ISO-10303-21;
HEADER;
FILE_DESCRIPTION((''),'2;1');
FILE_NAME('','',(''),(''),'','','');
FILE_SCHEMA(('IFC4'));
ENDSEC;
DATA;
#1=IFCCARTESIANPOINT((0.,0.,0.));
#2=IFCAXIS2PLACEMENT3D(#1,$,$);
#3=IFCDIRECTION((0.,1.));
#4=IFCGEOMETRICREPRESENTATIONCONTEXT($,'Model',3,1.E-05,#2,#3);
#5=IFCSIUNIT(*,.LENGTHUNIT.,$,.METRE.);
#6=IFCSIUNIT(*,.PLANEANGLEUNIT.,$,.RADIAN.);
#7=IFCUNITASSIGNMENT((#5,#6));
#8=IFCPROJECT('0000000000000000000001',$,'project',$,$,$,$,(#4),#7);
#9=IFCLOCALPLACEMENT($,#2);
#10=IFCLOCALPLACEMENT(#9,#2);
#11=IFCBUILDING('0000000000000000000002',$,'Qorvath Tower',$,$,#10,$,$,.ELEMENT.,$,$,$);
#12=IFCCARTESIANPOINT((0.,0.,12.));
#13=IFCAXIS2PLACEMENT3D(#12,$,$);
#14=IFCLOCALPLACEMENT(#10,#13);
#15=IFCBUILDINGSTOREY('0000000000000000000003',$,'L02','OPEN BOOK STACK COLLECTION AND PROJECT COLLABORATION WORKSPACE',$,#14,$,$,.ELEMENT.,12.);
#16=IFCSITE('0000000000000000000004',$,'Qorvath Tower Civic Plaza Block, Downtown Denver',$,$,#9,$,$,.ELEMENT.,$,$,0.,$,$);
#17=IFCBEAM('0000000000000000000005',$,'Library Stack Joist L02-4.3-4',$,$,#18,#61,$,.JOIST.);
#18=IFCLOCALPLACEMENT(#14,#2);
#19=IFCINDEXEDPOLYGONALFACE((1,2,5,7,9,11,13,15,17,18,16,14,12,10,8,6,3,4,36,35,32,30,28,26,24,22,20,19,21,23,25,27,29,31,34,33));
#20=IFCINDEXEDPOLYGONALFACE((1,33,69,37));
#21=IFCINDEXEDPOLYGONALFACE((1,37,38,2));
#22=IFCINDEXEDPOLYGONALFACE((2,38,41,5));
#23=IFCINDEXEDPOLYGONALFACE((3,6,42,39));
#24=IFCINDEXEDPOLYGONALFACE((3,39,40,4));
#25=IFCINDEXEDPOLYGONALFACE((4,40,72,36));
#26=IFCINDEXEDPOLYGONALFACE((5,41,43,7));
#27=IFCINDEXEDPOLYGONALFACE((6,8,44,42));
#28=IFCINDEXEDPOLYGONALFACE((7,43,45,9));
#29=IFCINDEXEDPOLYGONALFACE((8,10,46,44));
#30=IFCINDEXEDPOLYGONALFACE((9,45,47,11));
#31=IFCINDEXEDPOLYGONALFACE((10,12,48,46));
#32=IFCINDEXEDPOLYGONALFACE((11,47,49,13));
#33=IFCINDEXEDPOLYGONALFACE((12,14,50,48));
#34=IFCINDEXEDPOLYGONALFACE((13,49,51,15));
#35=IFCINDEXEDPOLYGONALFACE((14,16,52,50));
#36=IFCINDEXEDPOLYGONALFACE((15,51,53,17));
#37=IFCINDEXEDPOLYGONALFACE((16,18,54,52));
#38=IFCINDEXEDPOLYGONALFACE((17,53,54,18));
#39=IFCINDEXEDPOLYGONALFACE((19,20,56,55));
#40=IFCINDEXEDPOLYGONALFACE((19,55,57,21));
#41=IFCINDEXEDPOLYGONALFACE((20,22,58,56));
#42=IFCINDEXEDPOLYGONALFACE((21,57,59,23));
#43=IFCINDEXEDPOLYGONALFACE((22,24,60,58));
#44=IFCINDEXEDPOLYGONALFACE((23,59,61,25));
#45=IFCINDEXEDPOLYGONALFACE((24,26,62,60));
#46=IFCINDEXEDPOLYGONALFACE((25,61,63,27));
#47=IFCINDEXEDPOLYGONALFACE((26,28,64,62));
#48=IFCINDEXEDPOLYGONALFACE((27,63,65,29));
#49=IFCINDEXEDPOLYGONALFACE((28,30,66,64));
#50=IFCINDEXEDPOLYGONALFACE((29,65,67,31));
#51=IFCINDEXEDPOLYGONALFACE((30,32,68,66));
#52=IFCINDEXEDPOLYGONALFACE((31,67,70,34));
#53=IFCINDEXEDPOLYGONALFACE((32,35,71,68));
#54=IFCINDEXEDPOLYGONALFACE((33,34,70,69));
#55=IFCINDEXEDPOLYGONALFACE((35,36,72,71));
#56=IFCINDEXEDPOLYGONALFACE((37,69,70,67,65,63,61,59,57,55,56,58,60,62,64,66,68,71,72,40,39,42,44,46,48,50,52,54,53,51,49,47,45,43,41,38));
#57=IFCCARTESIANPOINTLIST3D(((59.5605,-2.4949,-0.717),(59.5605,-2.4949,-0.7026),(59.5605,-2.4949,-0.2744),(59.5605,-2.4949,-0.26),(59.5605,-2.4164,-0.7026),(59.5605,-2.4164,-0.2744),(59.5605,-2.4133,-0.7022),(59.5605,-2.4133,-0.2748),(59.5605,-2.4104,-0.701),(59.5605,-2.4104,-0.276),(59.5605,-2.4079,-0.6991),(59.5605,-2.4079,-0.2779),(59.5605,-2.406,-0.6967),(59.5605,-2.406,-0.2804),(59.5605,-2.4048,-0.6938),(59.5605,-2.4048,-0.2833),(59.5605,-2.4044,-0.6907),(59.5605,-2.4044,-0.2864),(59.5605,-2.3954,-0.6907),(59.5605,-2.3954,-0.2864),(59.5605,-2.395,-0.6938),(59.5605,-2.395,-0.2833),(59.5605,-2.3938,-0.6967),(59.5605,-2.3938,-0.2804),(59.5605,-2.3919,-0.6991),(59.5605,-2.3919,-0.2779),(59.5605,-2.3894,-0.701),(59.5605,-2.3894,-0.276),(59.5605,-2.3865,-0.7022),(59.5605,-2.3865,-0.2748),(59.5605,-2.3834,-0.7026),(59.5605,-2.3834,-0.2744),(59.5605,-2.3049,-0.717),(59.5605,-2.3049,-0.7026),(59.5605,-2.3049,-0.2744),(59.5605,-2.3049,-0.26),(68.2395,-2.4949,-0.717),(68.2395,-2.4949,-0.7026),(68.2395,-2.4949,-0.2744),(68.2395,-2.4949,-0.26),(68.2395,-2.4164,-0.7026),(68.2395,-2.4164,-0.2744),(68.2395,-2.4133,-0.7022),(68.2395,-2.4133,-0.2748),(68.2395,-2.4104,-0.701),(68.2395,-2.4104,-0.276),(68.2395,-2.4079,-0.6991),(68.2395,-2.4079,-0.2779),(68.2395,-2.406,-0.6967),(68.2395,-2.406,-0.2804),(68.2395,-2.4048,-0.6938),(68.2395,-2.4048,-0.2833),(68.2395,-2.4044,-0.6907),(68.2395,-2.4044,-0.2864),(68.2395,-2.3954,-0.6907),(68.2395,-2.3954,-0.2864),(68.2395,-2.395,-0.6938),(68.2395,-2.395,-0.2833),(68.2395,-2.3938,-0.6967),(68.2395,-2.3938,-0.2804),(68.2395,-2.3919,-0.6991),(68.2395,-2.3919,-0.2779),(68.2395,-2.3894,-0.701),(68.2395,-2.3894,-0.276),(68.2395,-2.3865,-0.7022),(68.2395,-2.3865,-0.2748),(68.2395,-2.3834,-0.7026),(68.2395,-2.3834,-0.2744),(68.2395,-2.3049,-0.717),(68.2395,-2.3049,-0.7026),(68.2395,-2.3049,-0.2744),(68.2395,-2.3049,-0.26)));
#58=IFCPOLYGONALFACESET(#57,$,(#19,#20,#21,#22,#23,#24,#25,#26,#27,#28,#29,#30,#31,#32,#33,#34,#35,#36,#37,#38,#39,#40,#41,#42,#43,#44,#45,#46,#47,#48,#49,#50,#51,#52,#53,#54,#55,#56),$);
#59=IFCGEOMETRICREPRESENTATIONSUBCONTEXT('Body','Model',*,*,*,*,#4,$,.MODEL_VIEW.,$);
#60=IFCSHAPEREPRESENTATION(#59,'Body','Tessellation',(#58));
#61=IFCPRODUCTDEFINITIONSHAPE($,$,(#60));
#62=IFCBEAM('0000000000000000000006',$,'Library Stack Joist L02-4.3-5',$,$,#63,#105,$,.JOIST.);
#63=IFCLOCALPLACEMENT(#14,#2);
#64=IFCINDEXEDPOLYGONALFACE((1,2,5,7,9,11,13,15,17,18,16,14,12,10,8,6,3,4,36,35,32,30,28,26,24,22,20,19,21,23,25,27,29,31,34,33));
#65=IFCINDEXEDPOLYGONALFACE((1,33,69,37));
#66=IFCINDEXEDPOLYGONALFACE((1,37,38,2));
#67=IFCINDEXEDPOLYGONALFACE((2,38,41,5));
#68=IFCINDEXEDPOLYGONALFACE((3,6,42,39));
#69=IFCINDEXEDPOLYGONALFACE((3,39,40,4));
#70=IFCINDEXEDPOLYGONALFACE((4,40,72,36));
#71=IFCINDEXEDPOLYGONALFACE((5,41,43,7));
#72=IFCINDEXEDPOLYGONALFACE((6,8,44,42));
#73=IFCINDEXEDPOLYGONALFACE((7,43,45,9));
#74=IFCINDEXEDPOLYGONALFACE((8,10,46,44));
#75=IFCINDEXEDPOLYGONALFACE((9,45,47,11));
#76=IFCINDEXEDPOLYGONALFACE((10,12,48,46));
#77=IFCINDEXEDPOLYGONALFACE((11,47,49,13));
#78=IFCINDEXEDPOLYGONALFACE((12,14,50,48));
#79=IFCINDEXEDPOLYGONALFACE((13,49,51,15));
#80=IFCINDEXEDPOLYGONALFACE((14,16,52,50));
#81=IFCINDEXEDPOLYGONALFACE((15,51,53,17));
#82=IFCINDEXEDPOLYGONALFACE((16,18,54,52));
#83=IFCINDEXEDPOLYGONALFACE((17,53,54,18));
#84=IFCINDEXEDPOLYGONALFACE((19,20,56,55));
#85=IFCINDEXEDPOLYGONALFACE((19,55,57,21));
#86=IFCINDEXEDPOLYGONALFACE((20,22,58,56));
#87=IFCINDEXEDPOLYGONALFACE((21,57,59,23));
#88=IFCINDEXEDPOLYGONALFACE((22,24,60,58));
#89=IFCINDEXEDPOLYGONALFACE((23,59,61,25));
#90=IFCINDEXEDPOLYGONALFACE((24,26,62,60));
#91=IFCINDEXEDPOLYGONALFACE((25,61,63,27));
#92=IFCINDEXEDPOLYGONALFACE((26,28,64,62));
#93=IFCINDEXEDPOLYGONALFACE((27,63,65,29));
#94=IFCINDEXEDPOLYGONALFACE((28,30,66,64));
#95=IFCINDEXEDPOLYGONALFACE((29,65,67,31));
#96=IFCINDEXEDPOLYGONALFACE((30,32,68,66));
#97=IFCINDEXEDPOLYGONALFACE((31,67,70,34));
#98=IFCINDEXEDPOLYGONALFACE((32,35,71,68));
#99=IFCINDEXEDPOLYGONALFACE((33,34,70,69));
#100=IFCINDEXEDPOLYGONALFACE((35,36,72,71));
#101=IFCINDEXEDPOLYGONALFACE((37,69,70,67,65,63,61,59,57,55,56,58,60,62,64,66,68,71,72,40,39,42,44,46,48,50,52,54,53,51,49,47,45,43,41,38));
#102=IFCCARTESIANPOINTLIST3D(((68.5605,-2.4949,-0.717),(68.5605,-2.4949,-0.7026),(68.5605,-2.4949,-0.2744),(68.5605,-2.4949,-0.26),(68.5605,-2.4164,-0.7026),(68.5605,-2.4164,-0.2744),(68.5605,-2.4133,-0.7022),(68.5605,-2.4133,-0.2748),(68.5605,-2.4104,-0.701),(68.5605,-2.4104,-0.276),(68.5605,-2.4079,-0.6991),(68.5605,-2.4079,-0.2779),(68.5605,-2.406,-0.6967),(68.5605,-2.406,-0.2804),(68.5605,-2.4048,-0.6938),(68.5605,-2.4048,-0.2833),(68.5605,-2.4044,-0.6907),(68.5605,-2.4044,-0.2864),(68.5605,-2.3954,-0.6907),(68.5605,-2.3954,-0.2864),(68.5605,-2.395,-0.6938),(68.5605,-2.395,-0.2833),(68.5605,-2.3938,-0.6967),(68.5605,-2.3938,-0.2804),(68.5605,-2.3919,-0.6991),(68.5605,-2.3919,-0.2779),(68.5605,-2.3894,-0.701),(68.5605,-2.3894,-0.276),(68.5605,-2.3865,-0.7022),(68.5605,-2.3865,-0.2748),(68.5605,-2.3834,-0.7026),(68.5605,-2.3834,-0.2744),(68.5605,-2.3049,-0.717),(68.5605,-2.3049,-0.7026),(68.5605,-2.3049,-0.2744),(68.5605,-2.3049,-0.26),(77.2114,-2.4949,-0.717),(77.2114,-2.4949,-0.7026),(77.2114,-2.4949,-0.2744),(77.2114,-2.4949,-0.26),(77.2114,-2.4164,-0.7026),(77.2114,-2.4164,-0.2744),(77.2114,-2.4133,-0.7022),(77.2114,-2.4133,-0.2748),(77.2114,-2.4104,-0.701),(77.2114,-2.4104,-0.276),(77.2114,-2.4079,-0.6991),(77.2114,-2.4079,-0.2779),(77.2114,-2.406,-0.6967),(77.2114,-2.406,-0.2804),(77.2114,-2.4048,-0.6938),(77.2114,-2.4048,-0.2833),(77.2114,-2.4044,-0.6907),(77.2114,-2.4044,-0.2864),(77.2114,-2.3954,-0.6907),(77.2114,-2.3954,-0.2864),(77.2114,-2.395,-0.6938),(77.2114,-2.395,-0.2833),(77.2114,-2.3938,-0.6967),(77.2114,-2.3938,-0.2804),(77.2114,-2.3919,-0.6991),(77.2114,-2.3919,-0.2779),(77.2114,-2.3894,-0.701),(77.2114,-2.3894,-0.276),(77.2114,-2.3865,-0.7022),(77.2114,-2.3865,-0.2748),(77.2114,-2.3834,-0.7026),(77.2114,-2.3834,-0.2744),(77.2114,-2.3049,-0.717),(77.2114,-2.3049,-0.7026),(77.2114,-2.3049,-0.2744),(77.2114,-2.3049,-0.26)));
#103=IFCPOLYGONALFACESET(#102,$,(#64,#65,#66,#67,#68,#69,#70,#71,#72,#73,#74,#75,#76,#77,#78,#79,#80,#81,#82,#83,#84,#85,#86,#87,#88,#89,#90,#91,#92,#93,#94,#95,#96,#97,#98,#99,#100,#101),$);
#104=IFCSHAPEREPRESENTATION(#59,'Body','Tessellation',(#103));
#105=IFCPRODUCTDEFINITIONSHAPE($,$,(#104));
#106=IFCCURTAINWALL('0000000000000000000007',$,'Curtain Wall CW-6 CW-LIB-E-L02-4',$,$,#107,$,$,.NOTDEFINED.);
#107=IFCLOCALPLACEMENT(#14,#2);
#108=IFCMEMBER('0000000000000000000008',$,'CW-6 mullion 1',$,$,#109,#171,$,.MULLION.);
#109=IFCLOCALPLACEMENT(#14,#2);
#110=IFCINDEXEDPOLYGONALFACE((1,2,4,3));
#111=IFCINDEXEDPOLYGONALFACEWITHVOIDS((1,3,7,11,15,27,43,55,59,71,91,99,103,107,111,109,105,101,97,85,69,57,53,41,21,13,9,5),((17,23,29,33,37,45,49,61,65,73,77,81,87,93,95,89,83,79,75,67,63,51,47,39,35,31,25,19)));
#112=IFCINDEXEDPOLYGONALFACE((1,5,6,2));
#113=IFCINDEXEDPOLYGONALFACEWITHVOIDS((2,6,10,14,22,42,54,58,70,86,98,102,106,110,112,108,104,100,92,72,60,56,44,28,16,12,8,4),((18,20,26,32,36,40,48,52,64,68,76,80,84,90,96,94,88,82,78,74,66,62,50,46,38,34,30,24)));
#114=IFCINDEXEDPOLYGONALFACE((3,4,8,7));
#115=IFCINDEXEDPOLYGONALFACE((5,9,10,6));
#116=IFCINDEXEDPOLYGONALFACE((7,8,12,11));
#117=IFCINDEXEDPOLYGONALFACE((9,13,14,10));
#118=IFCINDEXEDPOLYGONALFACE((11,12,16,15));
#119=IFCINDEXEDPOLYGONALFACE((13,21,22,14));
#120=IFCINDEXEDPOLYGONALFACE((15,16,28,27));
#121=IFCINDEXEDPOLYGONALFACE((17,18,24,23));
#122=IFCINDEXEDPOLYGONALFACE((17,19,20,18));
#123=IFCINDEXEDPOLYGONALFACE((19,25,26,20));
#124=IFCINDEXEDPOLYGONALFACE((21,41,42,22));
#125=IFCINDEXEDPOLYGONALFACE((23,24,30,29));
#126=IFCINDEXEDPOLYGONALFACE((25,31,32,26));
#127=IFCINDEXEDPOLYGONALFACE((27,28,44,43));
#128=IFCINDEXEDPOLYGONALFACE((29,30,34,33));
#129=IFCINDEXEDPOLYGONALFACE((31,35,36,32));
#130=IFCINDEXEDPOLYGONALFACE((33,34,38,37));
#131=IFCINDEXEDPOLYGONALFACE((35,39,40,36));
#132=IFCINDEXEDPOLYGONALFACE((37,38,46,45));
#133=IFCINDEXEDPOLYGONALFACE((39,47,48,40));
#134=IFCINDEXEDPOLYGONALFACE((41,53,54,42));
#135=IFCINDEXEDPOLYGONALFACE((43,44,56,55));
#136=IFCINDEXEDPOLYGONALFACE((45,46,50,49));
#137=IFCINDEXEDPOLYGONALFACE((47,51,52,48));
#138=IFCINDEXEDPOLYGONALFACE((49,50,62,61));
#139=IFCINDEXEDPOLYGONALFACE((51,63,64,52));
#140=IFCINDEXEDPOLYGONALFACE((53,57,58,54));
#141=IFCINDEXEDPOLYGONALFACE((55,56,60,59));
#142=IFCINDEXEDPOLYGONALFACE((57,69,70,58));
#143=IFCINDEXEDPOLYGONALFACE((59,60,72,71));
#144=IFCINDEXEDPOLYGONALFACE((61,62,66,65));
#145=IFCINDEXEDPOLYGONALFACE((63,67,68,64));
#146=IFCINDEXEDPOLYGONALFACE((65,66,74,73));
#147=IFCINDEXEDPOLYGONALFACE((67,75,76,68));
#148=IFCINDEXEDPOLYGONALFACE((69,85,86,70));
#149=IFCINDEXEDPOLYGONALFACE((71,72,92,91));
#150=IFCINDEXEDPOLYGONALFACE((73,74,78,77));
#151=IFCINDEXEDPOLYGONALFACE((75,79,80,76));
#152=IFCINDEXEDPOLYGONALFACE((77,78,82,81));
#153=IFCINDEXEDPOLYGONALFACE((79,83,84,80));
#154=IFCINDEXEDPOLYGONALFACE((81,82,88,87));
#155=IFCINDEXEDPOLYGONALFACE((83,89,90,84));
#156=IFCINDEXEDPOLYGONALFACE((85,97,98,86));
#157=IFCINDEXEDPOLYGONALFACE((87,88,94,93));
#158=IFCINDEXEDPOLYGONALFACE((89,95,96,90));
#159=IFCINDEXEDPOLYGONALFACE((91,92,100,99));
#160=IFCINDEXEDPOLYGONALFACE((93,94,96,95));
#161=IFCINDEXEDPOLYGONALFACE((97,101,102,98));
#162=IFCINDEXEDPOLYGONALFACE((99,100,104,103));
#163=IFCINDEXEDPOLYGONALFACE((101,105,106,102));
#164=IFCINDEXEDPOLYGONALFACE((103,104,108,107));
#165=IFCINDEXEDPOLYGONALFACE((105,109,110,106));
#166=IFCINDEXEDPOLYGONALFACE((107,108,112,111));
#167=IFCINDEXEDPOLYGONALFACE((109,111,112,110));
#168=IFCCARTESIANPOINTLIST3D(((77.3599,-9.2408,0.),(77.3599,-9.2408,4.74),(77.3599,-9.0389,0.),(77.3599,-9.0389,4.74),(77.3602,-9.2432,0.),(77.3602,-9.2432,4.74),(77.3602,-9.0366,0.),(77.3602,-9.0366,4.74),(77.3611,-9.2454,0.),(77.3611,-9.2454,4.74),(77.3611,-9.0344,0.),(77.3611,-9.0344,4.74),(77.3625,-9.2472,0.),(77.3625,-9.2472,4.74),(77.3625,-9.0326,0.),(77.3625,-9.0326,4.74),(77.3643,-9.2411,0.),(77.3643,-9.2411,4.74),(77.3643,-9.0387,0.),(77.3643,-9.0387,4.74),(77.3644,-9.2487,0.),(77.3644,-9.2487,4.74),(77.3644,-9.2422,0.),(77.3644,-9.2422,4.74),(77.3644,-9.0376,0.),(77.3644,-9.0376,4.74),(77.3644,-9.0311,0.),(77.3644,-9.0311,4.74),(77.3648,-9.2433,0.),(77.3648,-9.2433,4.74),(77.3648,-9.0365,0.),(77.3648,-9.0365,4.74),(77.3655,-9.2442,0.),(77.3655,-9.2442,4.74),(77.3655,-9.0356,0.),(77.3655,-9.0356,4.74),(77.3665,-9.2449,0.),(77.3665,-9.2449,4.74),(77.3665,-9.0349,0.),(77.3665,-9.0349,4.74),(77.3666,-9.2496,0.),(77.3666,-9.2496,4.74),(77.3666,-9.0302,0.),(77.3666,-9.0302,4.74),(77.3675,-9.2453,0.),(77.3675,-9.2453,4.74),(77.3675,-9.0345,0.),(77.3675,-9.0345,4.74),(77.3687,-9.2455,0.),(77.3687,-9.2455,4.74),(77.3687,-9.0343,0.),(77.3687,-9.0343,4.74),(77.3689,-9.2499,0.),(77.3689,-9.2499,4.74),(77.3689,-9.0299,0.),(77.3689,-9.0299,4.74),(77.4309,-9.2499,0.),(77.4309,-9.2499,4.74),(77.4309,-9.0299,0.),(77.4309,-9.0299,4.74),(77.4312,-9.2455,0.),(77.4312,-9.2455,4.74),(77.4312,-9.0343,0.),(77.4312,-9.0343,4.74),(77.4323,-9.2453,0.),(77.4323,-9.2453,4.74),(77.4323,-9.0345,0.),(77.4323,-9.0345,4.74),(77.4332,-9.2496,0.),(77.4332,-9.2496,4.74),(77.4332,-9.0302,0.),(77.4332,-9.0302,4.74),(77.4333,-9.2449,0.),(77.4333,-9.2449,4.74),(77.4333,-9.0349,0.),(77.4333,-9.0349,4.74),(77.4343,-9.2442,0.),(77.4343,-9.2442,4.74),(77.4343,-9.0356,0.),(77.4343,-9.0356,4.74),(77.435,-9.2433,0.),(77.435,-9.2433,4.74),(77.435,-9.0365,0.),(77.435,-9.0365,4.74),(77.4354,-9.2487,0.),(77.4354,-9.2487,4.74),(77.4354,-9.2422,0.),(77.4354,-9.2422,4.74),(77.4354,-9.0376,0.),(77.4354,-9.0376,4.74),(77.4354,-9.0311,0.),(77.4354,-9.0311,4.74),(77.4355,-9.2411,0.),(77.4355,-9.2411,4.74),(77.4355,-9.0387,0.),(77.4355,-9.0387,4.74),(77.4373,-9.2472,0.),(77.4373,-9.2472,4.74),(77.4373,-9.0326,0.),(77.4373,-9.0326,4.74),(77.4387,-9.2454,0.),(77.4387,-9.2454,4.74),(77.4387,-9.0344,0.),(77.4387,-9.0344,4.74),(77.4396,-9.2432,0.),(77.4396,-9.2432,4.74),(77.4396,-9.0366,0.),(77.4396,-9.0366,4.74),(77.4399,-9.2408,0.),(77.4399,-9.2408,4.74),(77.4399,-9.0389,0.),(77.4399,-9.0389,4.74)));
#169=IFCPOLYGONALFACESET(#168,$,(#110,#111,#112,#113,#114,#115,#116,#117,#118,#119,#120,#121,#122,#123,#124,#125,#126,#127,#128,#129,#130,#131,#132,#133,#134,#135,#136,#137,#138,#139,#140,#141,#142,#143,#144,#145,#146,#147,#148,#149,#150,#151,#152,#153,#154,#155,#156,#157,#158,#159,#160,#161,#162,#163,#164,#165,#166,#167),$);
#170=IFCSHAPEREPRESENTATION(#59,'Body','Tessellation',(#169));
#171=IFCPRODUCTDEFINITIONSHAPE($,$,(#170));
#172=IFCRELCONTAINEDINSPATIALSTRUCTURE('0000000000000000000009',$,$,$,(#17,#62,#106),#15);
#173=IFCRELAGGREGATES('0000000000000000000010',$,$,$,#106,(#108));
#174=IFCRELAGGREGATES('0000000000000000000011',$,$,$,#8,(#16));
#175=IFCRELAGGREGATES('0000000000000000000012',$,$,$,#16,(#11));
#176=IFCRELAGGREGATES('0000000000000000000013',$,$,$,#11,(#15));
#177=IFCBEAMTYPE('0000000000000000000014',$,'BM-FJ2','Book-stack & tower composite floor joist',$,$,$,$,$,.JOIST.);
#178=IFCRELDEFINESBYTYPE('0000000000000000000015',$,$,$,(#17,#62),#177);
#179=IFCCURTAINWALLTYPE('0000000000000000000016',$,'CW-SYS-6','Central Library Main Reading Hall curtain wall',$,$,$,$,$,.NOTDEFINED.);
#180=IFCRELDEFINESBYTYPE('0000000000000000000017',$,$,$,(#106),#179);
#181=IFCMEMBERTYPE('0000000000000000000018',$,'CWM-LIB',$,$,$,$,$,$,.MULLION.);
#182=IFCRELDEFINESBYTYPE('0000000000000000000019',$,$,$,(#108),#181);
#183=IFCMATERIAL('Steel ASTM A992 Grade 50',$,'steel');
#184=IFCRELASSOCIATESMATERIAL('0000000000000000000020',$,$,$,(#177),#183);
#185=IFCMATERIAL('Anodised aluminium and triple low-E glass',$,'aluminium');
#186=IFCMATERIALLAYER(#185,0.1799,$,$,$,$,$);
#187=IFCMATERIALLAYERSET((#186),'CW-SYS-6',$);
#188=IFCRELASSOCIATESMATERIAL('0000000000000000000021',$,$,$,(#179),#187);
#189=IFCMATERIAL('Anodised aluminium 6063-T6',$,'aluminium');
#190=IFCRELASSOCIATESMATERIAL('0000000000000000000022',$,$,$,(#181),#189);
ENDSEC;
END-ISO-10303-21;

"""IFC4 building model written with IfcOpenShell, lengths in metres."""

from ifc_helpers import new_model, si_unit, direction, frame, origin, origin_2d, place, context, subcontext, project, spatial, hollow_rectangle, i_section, extrude, material, layer, layer_set, material_profile, profile_set, type_object, element, aggregate, save


model = new_model("IFC4")

# Units and contexts
model_context = context("Model", 3, precision=1e-05, world=origin(), true_north=direction((0.0, 1.0)))
body_context = subcontext(model_context, "Body", "Model", "MODEL_VIEW")
ifc_project = project(units=[si_unit("LENGTHUNIT", "METRE"), si_unit("PLANEANGLEUNIT", "RADIAN")], contexts=[model_context])

# Site, building, storey
site_placement = place(None, origin())
site = spatial("IfcSite", under=ifc_project, at=site_placement, Name="Qorvath Tower Civic Plaza Block, Downtown Denver", CompositionType="ELEMENT", RefElevation=0.0)
building_placement = place(site_placement, origin())
building = spatial("IfcBuilding", under=site, at=building_placement, Name="Qorvath Tower", CompositionType="ELEMENT")
storey_placement = place(building_placement, frame((0.0, 0.0, 12.0)))
storey = spatial("IfcBuildingStorey", under=building, at=storey_placement, Name="L02", Description="OPEN BOOK STACK COLLECTION AND PROJECT COLLABORATION WORKSPACE", CompositionType="ELEMENT", Elevation=12.0)

# Beams
ifc_material_1 = material(Name="Steel ASTM A992 Grade 50", Category="steel")
ifc_material_profile_1 = material_profile(ifc_material_1, i_section(OverallWidth=0.1899, OverallDepth=0.457, WebThickness=0.009, FlangeThickness=0.0144, FilletRadius=0.012, at=origin_2d()), Name="W18x50")
ifc_profile_set_1 = profile_set([ifc_material_profile_1], Name="Steel ASTM A992 Grade 50")
beam_type_1 = type_object("IfcBeamType", Name="BM-FJ2", Description="Book-stack & tower composite floor joist", PredefinedType="JOIST", material=ifc_profile_set_1)
beam_1_placement = place(storey_placement, frame((59.5605, -2.3999, -0.4885), z_axis=(1.0, 0.0, 0.0), x_axis=(0.0, 1.0, 0.0)))
element("IfcBeam", 1, at=beam_1_placement, inside=storey, type_object=beam_type_1, Name="Library Stack Joist L02-4.3-4", PredefinedType="JOIST", context=body_context, shape_type="SweptSolid", body=[
    extrude(i_section(OverallWidth=0.1899, OverallDepth=0.457, WebThickness=0.009, FlangeThickness=0.0144, FilletRadius=0.012, at=origin_2d()), origin(), (0.0, 0.0, 1.0), 8.679),
])
beam_2_placement = place(storey_placement, frame((68.5605, -2.3999, -0.4885), z_axis=(1.0, 0.0, 0.0), x_axis=(0.0, 1.0, 0.0)))
element("IfcBeam", 2, at=beam_2_placement, inside=storey, type_object=beam_type_1, Name="Library Stack Joist L02-4.3-5", PredefinedType="JOIST", context=body_context, shape_type="SweptSolid", body=[
    extrude(i_section(OverallWidth=0.1899, OverallDepth=0.457, WebThickness=0.009, FlangeThickness=0.0144, FilletRadius=0.012, at=origin_2d()), origin(), (0.0, 0.0, 1.0), 8.6509),
])

# Curtain wall, member
ifc_material_2 = material(Name="Anodised aluminium and triple low-E glass", Category="aluminium")
ifc_layer_1 = layer(ifc_material_2, 0.1799)
ifc_layer_set_1 = layer_set([ifc_layer_1], Name="CW-SYS-6")
curtain_wall_type = type_object("IfcCurtainWallType", Name="CW-SYS-6", Description="Central Library Main Reading Hall curtain wall", PredefinedType="NOTDEFINED", material=ifc_layer_set_1)
curtain_wall_placement = place(storey_placement, origin())
curtain_wall = element("IfcCurtainWall", 3, at=curtain_wall_placement, inside=storey, type_object=curtain_wall_type, Name="Curtain Wall CW-6 CW-LIB-E-L02-4", PredefinedType="NOTDEFINED")
ifc_material_3 = material(Name="Anodised aluminium 6063-T6", Category="aluminium")
ifc_material_profile_2 = material_profile(ifc_material_3, hollow_rectangle(XDim=0.0801, YDim=0.22, WallThickness=0.0044, InnerFilletRadius=0.0044, OuterFilletRadius=0.009, at=origin_2d()), Name="CWM LIB 220x80")
ifc_profile_set_2 = profile_set([ifc_material_profile_2], Name="Anodised aluminium 6063-T6")
member_type_1 = type_object("IfcMemberType", Name="CWM-LIB", PredefinedType="MULLION", material=ifc_profile_set_2)
member_1_placement = place(storey_placement, frame((77.3999, -9.1399, 0.0), z_axis=(0.0, 0.0, 1.0), x_axis=(-1.0, 0.0, 0.0)))
member_1 = element("IfcMember", 4, at=member_1_placement, type_object=member_type_1, Name="CW-6 mullion 1", PredefinedType="MULLION", context=body_context, shape_type="SweptSolid", body=[
    extrude(hollow_rectangle(XDim=0.0801, YDim=0.22, WallThickness=0.0044, InnerFilletRadius=0.0044, OuterFilletRadius=0.009, at=origin_2d()), origin(), (0.0, 0.0, 1.0), 4.74),
])
aggregate(curtain_wall, [member_1])

save(model, "model.ifc")
